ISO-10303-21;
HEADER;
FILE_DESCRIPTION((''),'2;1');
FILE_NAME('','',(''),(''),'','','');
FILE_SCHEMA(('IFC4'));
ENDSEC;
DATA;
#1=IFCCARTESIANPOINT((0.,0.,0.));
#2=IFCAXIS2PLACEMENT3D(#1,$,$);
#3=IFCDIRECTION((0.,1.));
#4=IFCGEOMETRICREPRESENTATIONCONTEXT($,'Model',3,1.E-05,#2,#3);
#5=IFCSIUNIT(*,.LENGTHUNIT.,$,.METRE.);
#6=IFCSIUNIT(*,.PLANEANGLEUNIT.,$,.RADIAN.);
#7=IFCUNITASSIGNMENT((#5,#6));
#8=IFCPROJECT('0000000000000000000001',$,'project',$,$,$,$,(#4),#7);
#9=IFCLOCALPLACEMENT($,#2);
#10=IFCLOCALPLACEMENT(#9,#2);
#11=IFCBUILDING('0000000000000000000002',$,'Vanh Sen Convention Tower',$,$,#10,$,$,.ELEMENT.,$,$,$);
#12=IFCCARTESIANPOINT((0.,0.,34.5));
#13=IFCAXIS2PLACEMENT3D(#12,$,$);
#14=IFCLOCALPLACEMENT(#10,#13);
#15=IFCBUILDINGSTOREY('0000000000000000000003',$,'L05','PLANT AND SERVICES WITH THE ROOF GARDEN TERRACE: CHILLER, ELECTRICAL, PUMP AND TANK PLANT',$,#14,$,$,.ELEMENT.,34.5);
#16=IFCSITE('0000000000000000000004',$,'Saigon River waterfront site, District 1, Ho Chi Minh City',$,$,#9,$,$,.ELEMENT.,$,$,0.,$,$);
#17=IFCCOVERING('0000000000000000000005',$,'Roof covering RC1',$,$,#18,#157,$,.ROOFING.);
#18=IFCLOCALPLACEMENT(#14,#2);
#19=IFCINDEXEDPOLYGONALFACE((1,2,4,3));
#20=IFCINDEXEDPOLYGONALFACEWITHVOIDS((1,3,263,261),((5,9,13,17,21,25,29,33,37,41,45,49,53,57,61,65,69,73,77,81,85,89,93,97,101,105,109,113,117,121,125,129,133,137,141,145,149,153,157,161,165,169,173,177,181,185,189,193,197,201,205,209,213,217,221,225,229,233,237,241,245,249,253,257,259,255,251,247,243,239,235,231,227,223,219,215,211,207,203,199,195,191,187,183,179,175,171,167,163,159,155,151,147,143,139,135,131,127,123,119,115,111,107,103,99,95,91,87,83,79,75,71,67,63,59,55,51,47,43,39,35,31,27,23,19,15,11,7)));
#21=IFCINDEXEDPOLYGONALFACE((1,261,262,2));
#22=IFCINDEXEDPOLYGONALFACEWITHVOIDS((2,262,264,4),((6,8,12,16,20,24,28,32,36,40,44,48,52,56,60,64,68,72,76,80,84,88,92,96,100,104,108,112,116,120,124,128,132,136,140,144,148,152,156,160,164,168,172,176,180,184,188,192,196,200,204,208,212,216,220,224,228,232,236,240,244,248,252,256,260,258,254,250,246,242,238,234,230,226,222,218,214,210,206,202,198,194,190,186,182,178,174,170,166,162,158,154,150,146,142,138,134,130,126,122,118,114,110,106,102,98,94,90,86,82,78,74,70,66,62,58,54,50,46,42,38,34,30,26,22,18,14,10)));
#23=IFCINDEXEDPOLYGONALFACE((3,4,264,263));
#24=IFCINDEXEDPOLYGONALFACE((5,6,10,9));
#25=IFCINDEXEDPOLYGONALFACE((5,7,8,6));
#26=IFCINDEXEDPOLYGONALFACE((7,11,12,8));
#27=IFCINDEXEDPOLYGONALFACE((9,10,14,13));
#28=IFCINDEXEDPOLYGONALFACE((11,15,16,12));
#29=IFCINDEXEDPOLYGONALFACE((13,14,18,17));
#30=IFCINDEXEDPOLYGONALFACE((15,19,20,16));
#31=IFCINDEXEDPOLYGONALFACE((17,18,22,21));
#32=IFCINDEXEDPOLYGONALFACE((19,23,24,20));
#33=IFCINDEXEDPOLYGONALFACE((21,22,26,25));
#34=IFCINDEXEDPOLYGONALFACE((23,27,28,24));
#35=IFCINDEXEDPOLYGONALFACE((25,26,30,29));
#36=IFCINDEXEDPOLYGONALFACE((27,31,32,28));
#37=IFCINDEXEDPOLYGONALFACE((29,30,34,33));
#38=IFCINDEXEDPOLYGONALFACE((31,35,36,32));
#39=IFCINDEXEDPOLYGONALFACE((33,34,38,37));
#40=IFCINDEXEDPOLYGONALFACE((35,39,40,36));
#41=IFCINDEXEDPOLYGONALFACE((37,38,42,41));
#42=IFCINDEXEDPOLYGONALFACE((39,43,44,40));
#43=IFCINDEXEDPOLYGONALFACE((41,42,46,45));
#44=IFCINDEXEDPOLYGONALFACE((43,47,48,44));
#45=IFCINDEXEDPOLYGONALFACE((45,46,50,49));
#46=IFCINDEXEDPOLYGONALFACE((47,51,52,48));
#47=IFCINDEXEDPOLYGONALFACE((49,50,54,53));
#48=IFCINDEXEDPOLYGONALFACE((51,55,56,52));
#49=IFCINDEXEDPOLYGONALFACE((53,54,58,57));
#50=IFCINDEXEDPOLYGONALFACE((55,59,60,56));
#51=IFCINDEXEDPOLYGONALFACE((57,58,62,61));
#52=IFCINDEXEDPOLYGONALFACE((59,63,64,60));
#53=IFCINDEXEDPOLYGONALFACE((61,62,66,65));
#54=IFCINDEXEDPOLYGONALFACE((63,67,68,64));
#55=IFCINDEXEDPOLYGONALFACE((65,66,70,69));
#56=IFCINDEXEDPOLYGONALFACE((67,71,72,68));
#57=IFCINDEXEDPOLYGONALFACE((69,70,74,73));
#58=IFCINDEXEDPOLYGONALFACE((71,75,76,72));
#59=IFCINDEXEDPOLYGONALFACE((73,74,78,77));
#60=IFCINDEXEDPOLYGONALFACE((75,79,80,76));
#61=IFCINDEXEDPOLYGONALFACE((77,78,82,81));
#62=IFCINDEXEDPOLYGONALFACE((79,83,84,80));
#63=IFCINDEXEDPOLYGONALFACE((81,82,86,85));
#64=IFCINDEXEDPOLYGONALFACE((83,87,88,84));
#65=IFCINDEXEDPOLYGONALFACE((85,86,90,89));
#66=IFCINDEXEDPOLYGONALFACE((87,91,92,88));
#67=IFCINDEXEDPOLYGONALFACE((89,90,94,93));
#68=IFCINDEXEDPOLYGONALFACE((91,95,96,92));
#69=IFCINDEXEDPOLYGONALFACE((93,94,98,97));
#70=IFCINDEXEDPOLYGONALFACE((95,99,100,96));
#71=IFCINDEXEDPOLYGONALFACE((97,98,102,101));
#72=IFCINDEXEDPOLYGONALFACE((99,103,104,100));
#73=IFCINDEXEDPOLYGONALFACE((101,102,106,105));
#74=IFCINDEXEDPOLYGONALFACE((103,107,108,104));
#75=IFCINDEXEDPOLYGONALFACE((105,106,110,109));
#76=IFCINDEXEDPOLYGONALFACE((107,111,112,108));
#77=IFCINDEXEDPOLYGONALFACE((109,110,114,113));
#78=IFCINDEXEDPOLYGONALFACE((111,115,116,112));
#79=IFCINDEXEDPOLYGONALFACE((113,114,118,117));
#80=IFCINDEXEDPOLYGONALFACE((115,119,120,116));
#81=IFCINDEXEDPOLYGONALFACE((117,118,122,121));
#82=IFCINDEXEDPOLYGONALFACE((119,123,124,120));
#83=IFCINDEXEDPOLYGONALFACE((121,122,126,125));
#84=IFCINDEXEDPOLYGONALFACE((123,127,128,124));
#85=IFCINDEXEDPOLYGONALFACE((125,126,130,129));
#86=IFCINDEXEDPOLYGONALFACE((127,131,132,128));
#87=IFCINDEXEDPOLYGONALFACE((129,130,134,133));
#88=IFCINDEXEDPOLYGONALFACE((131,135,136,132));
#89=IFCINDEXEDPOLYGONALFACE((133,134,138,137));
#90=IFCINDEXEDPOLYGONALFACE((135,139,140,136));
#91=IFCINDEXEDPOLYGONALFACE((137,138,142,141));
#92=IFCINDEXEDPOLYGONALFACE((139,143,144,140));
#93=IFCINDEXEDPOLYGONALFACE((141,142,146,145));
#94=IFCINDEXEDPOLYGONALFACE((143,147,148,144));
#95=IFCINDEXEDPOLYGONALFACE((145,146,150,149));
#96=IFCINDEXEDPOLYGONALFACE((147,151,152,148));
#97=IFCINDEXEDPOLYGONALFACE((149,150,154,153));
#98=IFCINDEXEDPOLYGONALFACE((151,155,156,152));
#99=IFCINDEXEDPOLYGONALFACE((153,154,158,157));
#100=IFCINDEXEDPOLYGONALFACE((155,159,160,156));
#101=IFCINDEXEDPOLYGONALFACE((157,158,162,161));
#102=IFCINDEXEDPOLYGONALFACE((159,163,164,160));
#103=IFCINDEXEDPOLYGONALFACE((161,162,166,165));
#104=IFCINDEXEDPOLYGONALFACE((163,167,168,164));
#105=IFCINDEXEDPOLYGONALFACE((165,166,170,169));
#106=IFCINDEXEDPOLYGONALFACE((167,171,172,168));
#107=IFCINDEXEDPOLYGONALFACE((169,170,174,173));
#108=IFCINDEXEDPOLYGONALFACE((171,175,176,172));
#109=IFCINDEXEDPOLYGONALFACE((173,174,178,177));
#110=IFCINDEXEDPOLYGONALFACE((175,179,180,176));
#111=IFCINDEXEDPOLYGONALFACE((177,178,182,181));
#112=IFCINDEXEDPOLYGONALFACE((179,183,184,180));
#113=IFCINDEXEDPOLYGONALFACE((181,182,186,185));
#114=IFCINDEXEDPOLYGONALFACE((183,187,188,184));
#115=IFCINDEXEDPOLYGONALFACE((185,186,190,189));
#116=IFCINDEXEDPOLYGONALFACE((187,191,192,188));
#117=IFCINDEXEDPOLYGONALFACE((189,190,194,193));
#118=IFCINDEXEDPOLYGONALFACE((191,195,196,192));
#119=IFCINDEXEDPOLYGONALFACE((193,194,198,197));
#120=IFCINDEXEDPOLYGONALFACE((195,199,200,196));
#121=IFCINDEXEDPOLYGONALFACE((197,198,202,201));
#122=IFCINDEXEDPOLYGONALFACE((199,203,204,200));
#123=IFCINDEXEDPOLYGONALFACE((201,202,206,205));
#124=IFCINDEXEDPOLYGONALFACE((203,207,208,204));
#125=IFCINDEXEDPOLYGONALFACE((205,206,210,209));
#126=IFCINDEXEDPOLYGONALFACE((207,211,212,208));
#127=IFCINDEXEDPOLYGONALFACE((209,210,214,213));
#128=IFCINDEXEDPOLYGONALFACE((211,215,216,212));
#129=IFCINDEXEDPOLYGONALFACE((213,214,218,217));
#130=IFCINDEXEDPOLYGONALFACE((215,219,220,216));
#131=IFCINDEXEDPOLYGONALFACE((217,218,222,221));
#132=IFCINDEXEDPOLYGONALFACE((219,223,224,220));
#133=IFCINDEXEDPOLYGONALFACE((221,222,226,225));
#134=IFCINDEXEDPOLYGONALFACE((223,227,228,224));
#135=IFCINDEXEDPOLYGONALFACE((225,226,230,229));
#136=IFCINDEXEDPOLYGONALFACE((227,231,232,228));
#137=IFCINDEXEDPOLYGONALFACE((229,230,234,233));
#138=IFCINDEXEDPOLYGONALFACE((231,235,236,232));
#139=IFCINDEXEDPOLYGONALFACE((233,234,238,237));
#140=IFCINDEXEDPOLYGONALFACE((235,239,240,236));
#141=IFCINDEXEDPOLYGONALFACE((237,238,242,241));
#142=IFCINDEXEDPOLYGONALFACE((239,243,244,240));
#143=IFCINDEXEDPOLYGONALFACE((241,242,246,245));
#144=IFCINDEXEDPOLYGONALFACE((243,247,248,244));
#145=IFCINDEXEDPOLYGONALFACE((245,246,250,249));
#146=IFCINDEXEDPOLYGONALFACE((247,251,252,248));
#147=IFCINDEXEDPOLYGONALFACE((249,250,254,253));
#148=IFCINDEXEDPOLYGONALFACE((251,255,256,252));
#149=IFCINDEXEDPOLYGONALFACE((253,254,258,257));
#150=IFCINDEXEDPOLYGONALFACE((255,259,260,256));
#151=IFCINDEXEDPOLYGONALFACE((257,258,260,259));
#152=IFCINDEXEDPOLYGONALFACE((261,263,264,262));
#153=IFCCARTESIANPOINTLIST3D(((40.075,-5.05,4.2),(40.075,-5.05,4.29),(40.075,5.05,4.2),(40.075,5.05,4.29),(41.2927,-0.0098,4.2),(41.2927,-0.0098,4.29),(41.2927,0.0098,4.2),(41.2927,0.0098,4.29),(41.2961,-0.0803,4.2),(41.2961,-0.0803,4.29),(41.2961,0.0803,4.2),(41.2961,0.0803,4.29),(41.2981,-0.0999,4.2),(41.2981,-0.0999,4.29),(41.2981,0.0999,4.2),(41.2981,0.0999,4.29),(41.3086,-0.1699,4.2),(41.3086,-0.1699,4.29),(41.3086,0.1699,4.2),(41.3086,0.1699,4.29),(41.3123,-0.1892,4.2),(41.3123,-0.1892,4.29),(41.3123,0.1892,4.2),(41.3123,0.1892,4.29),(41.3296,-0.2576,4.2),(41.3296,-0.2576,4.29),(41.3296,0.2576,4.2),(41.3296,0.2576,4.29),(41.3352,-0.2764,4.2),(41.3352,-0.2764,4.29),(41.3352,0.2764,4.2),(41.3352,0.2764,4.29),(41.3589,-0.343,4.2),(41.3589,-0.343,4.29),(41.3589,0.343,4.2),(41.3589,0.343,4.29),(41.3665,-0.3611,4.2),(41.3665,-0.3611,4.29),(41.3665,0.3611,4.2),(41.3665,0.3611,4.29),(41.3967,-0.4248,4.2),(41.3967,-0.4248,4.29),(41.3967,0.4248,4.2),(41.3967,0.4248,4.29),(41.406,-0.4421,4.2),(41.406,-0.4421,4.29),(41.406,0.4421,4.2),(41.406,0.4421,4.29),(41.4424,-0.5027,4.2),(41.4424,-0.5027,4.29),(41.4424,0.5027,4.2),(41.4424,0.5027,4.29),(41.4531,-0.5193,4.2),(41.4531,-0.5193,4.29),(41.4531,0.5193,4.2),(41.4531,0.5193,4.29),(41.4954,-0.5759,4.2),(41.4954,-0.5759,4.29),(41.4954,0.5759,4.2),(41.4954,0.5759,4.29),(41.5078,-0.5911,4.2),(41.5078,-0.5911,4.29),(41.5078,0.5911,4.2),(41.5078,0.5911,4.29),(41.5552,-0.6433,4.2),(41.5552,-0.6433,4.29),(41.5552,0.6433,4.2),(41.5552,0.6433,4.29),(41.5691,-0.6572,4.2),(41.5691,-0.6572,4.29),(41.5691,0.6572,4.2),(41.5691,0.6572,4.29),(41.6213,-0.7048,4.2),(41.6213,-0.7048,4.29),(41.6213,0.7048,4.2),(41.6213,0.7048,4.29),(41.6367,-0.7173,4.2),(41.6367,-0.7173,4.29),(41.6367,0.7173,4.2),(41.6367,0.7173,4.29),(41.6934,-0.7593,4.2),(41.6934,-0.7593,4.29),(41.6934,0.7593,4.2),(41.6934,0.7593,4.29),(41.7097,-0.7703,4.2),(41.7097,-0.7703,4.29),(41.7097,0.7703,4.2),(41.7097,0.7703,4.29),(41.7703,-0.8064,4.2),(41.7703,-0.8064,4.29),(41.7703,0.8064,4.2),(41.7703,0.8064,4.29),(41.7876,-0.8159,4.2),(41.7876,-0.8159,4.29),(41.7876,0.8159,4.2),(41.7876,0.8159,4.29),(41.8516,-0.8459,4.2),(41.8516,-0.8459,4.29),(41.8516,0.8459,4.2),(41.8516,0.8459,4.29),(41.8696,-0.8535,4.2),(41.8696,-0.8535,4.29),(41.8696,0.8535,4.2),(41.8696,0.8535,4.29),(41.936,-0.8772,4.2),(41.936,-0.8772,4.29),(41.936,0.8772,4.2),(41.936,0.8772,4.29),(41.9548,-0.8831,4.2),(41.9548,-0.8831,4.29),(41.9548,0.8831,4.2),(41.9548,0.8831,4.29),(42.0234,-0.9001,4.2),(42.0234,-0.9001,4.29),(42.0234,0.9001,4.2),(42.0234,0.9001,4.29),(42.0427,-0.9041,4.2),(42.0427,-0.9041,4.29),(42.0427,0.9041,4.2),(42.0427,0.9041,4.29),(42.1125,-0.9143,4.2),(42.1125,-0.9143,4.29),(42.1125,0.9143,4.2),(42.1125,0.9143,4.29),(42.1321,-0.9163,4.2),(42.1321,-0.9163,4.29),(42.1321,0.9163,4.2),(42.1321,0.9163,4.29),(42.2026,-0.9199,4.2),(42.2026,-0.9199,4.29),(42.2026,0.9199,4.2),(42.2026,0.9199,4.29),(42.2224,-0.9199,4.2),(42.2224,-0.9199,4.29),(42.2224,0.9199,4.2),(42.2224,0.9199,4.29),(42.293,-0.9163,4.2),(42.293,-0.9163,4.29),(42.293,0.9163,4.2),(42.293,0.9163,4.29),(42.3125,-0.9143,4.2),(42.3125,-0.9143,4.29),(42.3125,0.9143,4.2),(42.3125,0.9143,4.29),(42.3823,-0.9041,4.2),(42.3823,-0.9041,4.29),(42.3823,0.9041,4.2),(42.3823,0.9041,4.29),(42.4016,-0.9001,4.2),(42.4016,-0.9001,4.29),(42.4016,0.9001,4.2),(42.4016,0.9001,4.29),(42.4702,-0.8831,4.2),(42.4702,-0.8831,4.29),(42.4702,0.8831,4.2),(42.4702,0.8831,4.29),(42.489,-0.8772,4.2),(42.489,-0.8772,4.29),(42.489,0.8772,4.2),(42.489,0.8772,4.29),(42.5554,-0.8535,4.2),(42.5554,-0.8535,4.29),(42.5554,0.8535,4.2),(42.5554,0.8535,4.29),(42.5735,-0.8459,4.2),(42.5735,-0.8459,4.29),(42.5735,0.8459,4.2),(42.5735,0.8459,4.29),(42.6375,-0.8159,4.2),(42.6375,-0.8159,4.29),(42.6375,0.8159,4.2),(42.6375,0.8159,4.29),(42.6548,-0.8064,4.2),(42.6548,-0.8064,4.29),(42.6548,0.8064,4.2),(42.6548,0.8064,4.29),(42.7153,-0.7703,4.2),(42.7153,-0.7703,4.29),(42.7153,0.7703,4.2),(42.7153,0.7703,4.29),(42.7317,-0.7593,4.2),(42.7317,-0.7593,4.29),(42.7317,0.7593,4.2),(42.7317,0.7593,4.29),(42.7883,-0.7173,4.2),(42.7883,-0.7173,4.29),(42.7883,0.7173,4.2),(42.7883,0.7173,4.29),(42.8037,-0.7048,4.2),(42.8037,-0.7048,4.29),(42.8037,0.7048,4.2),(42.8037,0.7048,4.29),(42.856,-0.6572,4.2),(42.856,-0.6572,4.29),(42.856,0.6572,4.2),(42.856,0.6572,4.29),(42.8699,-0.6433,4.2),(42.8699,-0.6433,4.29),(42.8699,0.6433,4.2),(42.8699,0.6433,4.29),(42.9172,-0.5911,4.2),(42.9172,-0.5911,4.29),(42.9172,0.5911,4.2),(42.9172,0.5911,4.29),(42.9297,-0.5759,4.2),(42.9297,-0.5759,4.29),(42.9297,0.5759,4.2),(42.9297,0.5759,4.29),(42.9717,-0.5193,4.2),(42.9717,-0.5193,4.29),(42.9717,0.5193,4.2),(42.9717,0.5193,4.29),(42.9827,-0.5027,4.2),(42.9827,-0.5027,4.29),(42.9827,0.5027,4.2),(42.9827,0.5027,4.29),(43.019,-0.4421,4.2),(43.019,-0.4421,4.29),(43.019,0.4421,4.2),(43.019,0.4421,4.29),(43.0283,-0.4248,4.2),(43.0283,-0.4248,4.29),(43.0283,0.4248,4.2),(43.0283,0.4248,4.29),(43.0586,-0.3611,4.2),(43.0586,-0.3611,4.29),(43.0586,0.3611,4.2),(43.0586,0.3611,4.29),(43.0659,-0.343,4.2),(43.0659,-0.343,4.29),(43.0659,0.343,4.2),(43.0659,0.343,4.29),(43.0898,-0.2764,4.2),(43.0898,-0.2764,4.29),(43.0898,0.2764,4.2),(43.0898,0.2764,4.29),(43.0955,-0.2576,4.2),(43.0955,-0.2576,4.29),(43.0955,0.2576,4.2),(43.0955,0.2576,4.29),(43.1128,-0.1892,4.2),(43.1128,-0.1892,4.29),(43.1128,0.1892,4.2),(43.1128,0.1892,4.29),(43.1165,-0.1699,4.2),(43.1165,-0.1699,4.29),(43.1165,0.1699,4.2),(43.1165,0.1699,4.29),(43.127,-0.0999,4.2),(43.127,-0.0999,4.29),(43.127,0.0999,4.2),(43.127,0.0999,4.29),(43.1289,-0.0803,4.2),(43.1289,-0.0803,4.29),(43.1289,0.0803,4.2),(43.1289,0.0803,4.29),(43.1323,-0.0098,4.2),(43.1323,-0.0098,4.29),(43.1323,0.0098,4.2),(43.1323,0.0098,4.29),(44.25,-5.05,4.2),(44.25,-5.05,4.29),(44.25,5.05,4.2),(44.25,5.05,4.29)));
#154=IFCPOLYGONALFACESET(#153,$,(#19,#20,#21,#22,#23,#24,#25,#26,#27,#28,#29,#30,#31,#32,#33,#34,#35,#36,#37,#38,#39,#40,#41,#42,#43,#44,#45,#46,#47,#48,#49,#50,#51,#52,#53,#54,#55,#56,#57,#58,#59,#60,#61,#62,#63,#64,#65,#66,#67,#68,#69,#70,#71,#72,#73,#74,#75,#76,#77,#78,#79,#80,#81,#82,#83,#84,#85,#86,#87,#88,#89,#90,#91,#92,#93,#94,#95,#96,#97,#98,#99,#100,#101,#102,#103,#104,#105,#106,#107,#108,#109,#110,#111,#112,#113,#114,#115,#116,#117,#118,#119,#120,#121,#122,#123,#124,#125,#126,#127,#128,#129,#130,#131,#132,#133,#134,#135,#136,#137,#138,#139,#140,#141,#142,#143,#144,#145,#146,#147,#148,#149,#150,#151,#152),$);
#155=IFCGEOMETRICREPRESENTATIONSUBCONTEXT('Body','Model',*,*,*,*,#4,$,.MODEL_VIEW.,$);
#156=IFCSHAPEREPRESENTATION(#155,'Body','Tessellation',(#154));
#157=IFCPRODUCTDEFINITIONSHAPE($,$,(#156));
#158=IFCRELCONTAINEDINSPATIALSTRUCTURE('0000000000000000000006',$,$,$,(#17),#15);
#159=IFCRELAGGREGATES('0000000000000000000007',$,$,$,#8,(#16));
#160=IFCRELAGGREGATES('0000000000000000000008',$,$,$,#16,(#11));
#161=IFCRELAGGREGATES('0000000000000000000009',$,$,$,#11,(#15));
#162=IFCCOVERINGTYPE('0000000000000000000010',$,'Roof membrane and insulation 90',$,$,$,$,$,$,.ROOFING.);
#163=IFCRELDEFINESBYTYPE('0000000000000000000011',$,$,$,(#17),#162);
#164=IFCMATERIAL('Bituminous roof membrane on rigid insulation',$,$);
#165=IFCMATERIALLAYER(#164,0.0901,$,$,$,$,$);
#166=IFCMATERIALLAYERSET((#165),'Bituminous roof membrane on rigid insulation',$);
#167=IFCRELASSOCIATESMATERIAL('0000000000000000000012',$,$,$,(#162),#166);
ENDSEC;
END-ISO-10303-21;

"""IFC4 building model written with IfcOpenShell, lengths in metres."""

from ifc_helpers import new_model, si_unit, direction, frame, origin, place, context, subcontext, project, spatial, polyline, outline, extrude, material, layer, layer_set, type_object, element, save


model = new_model("IFC4")

# Units and contexts
model_context = context("Model", 3, precision=1e-05, world=origin(), true_north=direction((0.0, 1.0)))
body_context = subcontext(model_context, "Body", "Model", "MODEL_VIEW")
ifc_project = project(units=[si_unit("LENGTHUNIT", "METRE"), si_unit("PLANEANGLEUNIT", "RADIAN")], contexts=[model_context])

# Site, building, storey
site_placement = place(None, origin())
site = spatial("IfcSite", under=ifc_project, at=site_placement, Name="Saigon River waterfront site, District 1, Ho Chi Minh City", CompositionType="ELEMENT", RefElevation=0.0)
building_placement = place(site_placement, origin())
building = spatial("IfcBuilding", under=site, at=building_placement, Name="Vanh Sen Convention Tower", CompositionType="ELEMENT")
storey_placement = place(building_placement, frame((0.0, 0.0, 34.5)))
storey = spatial("IfcBuildingStorey", under=building, at=storey_placement, Name="L05", Description="PLANT AND SERVICES WITH THE ROOF GARDEN TERRACE: CHILLER, ELECTRICAL, PUMP AND TANK PLANT", CompositionType="ELEMENT", Elevation=34.5)

# Covering
ifc_material_1 = material(Name="Bituminous roof membrane on rigid insulation")
ifc_layer_1 = layer(ifc_material_1, 0.0901)
ifc_layer_set_1 = layer_set([ifc_layer_1], Name="Bituminous roof membrane on rigid insulation")
covering_type = type_object("IfcCoveringType", Name="Roof membrane and insulation 90", PredefinedType="ROOFING", material=ifc_layer_set_1)
covering_1_placement = place(storey_placement, frame((0.0, 0.0, 4.2)))
element("IfcCovering", 1, at=covering_1_placement, inside=storey, type_object=covering_type, Name="Roof covering RC1", PredefinedType="ROOFING", context=body_context, shape_type="SweptSolid", body=[
    extrude(outline(polyline([(44.25, -5.05), (44.25, 5.05), (40.075, 5.05), (40.075, -5.05), (44.25, -5.05)]), holes=[polyline([(43.0898, -0.2764), (43.0955, -0.2576), (43.1128, -0.1892), (43.1165, -0.1699), (43.127, -0.0999), (43.1289, -0.0803), (43.1323, -0.0098), (43.1323, 0.0098), (43.1289, 0.0803), (43.127, 0.0999), (43.1165, 0.1699), (43.1128, 0.1892), (43.0955, 0.2576), (43.0898, 0.2764), (43.0659, 0.343), (43.0586, 0.3611), (43.0283, 0.4248), (43.019, 0.4421), (42.9827, 0.5027), (42.9717, 0.5193), (42.9297, 0.5759), (42.9172, 0.5911), (42.8699, 0.6433), (42.856, 0.6572), (42.8037, 0.7048), (42.7883, 0.7173), (42.7317, 0.7593), (42.7153, 0.7703), (42.6548, 0.8064), (42.6375, 0.8159), (42.5735, 0.8459), (42.5554, 0.8535), (42.489, 0.8772), (42.4702, 0.8831), (42.4016, 0.9001), (42.3823, 0.9041), (42.3125, 0.9143), (42.293, 0.9163), (42.2224, 0.9199), (42.2026, 0.9199), (42.1321, 0.9163), (42.1125, 0.9143), (42.0427, 0.9041), (42.0234, 0.9001), (41.9548, 0.8831), (41.936, 0.8772), (41.8696, 0.8535), (41.8516, 0.8459), (41.7876, 0.8159), (41.7703, 0.8064), (41.7097, 0.7703), (41.6934, 0.7593), (41.6367, 0.7173), (41.6213, 0.7048), (41.5691, 0.6572), (41.5552, 0.6433), (41.5078, 0.5911), (41.4954, 0.5759), (41.4531, 0.5193), (41.4424, 0.5027), (41.406, 0.4421), (41.3967, 0.4248), (41.3665, 0.3611), (41.3589, 0.343), (41.3352, 0.2764), (41.3296, 0.2576), (41.3123, 0.1892), (41.3086, 0.1699), (41.2981, 0.0999), (41.2961, 0.0803), (41.2927, 0.0098), (41.2927, -0.0098), (41.2961, -0.0803), (41.2981, -0.0999), (41.3086, -0.1699), (41.3123, -0.1892), (41.3296, -0.2576), (41.3352, -0.2764), (41.3589, -0.343), (41.3665, -0.3611), (41.3967, -0.4248), (41.406, -0.4421), (41.4424, -0.5027), (41.4531, -0.5193), (41.4954, -0.5759), (41.5078, -0.5911), (41.5552, -0.6433), (41.5691, -0.6572), (41.6213, -0.7048), (41.6367, -0.7173), (41.6934, -0.7593), (41.7097, -0.7703), (41.7703, -0.8064), (41.7876, -0.8159), (41.8516, -0.8459), (41.8696, -0.8535), (41.936, -0.8772), (41.9548, -0.8831), (42.0234, -0.9001), (42.0427, -0.9041), (42.1125, -0.9143), (42.1321, -0.9163), (42.2026, -0.9199), (42.2224, -0.9199), (42.293, -0.9163), (42.3125, -0.9143), (42.3823, -0.9041), (42.4016, -0.9001), (42.4702, -0.8831), (42.489, -0.8772), (42.5554, -0.8535), (42.5735, -0.8459), (42.6375, -0.8159), (42.6548, -0.8064), (42.7153, -0.7703), (42.7317, -0.7593), (42.7883, -0.7173), (42.8037, -0.7048), (42.856, -0.6572), (42.8699, -0.6433), (42.9172, -0.5911), (42.9297, -0.5759), (42.9717, -0.5193), (42.9827, -0.5027), (43.019, -0.4421), (43.0283, -0.4248), (43.0586, -0.3611), (43.0659, -0.343), (43.0898, -0.2764)])]), origin(), (0.0, 0.0, 1.0), 0.0901),
])

save(model, "model.ifc")
